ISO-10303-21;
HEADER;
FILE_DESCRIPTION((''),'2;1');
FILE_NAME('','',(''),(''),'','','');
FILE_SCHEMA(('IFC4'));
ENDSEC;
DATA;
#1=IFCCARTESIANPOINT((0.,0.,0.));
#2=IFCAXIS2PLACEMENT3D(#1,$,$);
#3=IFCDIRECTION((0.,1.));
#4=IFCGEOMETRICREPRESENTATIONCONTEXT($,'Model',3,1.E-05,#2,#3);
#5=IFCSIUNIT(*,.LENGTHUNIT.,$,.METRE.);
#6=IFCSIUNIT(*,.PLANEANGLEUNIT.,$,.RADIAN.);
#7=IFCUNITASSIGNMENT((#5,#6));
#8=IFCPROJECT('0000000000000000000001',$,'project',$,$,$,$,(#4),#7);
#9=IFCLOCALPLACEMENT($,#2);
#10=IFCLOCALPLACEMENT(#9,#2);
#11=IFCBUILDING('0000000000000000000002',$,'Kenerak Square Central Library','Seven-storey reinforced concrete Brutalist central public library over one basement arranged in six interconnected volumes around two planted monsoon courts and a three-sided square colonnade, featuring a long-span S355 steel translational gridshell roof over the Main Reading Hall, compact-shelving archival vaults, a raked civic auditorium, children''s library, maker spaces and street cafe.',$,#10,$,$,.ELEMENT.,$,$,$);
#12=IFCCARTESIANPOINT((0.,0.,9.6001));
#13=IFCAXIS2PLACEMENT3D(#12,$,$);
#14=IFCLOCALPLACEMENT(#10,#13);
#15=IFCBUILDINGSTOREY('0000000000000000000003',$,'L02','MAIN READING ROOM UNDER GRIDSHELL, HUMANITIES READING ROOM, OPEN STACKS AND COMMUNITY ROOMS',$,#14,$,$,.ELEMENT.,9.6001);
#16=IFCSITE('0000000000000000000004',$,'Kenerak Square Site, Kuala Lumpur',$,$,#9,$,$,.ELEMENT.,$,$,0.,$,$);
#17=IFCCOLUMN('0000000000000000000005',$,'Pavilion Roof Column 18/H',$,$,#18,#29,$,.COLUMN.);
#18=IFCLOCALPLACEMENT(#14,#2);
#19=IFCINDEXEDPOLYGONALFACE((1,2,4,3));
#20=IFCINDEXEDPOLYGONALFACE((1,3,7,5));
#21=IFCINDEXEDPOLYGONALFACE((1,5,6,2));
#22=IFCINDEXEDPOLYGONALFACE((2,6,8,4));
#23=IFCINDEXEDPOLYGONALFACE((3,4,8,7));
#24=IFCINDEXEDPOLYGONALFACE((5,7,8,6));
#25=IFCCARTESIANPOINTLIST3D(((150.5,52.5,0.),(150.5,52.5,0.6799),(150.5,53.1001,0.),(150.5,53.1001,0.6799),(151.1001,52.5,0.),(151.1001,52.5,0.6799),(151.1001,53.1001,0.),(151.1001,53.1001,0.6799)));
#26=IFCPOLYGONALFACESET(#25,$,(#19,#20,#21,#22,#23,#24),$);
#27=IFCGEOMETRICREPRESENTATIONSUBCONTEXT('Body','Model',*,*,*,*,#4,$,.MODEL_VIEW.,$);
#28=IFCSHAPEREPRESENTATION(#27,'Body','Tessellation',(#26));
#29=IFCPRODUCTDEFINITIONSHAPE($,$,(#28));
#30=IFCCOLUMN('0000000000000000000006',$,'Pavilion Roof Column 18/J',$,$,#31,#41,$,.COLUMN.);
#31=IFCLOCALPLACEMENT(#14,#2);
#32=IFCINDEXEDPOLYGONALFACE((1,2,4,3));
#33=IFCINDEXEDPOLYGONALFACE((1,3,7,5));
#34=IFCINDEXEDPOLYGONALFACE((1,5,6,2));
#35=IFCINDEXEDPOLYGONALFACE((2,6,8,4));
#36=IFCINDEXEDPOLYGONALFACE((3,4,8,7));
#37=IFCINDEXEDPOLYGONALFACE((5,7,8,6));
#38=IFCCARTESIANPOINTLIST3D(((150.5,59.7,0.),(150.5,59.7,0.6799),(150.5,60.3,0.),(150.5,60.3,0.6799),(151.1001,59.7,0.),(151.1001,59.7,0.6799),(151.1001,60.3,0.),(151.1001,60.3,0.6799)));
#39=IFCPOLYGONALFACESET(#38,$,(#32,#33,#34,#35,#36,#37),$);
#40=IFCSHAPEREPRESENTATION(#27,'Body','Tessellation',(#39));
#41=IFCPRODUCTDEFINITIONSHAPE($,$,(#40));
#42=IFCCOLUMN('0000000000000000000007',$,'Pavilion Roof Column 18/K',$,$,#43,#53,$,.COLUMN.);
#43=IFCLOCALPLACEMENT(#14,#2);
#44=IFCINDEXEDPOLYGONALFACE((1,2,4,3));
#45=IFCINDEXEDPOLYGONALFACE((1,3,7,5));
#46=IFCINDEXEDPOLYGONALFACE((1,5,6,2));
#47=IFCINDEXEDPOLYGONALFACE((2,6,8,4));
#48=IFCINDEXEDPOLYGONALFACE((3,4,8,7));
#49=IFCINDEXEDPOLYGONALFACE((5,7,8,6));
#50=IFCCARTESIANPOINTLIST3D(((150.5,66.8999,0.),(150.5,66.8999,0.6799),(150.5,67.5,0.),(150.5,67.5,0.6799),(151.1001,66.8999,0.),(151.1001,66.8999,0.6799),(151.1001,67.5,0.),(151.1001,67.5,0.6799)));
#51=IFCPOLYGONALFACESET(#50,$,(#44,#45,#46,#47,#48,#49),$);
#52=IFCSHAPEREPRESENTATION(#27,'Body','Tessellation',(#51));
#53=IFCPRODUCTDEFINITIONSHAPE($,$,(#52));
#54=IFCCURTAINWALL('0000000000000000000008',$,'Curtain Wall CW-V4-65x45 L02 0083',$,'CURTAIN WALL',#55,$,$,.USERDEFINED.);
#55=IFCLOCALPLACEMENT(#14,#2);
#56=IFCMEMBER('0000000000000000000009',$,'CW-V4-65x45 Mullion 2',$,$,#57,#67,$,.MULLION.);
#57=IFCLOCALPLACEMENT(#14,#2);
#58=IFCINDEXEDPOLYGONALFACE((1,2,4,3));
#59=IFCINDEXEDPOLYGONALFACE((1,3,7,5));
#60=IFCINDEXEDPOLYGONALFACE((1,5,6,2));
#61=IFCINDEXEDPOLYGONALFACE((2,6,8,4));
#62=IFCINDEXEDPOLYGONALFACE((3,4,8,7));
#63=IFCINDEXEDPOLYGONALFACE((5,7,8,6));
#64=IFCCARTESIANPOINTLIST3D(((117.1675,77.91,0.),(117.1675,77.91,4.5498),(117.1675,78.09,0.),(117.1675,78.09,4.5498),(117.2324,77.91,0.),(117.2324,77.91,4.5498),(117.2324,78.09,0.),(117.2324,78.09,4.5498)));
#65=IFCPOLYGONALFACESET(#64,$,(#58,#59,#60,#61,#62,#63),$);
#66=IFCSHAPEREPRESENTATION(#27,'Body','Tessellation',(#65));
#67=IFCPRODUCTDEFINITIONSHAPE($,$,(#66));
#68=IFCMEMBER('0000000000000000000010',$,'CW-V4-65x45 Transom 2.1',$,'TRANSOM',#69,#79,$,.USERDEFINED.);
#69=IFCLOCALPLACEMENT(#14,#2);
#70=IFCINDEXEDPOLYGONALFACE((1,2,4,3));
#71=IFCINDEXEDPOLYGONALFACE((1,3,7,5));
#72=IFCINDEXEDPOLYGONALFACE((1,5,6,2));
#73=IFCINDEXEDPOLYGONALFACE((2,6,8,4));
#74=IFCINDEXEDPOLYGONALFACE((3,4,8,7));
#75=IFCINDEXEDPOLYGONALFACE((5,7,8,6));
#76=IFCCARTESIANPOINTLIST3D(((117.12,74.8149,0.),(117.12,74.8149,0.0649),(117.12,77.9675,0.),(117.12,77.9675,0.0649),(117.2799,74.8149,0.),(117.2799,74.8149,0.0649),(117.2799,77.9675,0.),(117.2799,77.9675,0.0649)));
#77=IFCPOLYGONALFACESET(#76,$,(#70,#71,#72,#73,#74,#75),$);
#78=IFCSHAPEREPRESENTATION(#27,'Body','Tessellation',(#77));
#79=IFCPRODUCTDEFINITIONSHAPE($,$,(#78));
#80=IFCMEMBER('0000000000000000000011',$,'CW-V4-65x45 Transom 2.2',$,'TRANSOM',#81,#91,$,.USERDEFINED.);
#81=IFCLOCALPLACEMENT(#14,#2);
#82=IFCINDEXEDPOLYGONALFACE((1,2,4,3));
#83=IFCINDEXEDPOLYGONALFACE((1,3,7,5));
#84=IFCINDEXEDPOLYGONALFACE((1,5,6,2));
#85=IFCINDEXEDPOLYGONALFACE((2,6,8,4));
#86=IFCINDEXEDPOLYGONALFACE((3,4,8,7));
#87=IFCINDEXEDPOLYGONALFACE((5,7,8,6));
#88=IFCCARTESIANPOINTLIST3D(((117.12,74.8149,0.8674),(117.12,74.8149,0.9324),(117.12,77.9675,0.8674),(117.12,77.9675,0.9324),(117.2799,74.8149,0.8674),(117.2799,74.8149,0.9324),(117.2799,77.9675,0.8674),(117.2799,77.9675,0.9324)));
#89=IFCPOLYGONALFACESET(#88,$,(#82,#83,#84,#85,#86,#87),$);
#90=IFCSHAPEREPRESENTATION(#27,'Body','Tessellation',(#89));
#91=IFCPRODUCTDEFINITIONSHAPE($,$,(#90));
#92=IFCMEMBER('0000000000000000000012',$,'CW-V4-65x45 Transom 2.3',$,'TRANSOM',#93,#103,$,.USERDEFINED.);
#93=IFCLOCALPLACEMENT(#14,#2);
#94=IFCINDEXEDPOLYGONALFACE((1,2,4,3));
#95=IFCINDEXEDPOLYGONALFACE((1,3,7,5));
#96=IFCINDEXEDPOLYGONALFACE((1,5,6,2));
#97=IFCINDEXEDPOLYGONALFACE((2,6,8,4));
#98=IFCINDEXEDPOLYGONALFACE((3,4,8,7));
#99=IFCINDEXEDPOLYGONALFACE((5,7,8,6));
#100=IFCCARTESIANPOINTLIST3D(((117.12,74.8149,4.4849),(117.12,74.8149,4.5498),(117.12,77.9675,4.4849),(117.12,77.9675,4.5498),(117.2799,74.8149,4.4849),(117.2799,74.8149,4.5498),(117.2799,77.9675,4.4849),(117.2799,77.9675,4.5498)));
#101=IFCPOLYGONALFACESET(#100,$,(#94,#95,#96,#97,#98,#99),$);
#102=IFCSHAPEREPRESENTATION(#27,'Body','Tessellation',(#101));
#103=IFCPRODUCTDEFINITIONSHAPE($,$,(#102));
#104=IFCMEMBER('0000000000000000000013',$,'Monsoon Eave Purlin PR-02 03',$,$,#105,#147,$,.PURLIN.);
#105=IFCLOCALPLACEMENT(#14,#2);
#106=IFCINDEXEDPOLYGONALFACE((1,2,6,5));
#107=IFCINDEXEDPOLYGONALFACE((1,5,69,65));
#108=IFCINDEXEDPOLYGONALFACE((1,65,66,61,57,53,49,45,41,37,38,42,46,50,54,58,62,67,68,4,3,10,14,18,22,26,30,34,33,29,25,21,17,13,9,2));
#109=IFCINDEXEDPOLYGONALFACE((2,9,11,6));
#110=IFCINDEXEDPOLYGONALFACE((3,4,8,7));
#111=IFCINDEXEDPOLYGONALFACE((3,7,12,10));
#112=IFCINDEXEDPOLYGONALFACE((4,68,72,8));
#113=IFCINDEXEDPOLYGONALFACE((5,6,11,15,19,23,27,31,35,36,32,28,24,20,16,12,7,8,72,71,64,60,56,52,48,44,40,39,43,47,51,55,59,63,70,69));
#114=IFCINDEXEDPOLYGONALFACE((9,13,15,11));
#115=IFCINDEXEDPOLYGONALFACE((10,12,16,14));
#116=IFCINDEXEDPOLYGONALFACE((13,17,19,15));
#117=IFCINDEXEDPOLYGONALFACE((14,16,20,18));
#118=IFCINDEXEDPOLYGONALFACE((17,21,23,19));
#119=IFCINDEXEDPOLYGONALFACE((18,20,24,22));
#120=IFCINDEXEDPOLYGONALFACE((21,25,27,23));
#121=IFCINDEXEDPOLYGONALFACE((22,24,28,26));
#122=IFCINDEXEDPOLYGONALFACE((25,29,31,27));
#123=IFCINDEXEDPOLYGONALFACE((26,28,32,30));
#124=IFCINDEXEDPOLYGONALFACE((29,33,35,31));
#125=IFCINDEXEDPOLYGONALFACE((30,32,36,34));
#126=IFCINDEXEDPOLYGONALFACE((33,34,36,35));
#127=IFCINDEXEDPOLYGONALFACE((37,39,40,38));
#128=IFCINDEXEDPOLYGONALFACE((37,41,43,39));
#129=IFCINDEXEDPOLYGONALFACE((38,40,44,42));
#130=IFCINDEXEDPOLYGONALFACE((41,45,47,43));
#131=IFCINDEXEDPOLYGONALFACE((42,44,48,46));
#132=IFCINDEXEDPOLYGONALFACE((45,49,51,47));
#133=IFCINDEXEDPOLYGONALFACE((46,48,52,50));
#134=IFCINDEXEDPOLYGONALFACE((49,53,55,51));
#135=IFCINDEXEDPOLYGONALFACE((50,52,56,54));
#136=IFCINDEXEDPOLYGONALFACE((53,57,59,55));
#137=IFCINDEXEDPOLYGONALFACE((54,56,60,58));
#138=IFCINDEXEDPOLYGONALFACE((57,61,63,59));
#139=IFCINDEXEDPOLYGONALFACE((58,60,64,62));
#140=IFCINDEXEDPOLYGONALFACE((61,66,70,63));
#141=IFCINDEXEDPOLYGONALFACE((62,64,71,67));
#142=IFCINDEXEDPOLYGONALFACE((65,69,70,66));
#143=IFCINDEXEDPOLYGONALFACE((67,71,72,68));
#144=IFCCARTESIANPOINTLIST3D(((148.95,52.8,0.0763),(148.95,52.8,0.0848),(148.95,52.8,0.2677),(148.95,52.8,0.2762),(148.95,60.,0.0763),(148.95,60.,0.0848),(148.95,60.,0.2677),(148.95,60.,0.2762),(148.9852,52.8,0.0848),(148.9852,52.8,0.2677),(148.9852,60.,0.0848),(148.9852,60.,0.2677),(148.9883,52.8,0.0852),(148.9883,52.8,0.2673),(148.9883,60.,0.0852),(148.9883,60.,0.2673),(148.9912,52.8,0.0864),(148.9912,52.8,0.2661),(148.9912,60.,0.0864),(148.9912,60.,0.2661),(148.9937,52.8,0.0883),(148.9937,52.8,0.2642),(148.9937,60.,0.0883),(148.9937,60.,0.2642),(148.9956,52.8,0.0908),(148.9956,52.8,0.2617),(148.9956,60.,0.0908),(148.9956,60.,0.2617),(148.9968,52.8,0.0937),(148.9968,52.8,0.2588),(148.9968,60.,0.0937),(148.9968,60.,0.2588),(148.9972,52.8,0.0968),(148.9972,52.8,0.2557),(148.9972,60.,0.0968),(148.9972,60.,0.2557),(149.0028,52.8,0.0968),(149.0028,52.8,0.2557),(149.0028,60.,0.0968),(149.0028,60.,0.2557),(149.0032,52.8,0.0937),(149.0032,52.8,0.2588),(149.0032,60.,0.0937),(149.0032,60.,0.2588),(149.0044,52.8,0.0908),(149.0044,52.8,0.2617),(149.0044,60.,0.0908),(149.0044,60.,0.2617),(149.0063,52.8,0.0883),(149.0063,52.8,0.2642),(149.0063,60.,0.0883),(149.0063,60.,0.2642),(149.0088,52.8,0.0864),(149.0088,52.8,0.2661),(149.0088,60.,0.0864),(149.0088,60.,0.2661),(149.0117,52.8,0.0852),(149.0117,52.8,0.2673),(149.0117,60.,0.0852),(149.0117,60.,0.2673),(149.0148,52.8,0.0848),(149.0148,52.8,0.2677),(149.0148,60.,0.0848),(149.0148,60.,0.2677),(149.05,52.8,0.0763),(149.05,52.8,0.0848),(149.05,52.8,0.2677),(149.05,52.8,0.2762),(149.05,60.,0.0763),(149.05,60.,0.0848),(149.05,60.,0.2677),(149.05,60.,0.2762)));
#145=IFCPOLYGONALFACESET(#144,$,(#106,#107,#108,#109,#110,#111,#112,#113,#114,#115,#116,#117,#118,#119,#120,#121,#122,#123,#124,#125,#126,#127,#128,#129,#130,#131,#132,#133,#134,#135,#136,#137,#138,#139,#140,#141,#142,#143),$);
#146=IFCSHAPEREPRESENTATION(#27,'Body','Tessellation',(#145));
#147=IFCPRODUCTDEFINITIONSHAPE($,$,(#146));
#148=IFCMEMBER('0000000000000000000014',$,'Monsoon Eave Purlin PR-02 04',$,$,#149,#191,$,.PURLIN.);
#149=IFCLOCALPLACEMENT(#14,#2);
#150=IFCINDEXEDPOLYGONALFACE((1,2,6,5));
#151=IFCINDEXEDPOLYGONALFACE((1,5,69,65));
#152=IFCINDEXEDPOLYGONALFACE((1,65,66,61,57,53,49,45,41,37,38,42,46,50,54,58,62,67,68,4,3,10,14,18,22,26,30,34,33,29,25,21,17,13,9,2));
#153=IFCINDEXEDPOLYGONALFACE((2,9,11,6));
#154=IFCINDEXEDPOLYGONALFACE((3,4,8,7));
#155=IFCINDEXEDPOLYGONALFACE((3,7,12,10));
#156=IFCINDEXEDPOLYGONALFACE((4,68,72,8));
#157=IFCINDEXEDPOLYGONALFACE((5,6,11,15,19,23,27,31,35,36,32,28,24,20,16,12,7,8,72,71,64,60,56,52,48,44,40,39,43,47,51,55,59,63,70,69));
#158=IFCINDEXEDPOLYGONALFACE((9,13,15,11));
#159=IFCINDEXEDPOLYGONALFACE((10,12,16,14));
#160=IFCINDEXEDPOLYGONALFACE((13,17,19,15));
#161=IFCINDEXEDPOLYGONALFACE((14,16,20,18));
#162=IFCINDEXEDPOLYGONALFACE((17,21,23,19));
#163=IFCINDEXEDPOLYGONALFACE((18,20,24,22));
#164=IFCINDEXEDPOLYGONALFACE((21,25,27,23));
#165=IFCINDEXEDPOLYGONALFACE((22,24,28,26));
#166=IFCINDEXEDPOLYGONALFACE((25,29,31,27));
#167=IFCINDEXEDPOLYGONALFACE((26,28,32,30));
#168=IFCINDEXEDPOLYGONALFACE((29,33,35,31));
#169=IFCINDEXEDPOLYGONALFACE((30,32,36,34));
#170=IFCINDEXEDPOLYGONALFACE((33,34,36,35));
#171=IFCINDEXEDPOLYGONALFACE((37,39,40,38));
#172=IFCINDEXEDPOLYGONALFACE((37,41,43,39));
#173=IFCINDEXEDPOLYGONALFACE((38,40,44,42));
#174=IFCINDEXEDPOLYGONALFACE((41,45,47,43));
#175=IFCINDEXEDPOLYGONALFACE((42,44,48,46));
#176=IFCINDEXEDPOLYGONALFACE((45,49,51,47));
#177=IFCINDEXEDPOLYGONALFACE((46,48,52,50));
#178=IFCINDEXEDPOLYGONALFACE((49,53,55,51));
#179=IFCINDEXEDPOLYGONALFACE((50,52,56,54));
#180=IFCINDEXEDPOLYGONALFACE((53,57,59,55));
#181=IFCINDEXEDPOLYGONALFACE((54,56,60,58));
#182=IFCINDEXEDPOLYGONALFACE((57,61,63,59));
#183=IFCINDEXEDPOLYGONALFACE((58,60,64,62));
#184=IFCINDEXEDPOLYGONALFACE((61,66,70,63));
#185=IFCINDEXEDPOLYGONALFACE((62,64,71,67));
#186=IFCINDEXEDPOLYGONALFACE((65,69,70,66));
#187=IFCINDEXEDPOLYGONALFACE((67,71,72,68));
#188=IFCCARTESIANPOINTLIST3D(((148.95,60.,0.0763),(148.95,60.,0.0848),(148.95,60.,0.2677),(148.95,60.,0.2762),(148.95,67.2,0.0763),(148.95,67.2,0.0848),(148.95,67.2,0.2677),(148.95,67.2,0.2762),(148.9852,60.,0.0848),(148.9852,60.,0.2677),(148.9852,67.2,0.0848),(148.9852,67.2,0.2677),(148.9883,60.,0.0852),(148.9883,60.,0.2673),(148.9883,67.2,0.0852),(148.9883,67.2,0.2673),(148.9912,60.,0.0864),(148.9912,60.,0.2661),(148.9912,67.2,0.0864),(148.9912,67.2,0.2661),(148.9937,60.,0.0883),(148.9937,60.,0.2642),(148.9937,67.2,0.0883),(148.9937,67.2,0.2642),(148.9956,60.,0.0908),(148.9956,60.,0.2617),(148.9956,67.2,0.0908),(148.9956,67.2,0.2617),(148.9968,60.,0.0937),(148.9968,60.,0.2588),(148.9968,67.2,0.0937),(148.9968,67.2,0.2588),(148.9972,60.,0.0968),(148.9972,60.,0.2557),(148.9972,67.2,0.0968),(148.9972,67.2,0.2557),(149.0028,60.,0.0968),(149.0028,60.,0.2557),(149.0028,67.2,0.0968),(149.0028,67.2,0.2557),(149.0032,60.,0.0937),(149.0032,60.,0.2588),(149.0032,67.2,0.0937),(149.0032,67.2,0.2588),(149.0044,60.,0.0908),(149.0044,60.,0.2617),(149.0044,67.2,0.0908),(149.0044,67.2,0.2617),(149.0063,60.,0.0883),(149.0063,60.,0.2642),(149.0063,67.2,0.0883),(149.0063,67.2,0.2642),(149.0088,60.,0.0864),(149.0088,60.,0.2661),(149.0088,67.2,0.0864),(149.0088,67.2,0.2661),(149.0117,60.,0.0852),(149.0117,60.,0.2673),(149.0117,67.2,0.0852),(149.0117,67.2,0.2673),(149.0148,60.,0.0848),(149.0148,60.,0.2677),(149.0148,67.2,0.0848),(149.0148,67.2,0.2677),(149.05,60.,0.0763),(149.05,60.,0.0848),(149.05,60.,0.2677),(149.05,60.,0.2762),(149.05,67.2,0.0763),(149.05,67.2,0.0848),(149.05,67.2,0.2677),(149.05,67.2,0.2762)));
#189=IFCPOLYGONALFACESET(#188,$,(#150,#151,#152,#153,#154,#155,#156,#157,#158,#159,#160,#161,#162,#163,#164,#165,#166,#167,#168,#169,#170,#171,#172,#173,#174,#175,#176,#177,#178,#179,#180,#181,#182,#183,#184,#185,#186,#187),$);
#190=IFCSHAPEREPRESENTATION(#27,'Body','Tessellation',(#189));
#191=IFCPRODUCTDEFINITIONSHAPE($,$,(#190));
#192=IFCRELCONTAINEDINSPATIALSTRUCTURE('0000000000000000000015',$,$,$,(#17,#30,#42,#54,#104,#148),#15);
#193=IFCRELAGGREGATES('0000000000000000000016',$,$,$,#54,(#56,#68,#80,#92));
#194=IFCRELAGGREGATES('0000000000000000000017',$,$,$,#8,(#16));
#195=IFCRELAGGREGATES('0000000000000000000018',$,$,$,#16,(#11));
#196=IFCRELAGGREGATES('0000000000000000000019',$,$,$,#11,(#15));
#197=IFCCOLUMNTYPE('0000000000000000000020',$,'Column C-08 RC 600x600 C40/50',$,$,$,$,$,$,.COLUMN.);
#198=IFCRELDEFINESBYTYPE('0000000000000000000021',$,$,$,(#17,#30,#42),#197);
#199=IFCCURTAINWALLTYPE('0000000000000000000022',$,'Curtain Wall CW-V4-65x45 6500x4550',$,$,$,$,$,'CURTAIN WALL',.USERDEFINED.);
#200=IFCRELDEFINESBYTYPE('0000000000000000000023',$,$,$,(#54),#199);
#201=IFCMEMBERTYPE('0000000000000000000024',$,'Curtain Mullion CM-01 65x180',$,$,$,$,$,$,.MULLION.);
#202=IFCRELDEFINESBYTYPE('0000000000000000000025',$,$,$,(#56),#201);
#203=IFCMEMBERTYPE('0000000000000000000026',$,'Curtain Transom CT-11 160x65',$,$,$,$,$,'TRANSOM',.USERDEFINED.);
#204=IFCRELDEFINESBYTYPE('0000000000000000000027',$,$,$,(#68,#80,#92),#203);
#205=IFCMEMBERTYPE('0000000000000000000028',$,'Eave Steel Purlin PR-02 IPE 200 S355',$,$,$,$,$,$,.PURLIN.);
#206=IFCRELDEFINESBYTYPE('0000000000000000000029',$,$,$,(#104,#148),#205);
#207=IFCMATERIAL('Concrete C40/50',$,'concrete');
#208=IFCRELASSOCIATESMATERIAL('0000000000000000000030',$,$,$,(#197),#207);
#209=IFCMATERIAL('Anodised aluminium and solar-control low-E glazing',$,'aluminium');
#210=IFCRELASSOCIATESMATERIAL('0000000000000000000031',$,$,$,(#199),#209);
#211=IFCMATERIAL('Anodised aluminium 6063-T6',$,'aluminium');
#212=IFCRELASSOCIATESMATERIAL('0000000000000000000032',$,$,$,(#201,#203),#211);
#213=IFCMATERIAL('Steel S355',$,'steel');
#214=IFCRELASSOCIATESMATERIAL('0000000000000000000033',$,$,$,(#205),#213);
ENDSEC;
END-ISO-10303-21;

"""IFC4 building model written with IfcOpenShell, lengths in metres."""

from ifc_helpers import new_model, si_unit, direction, frame, origin, origin_2d, place, context, subcontext, project, spatial, rectangle, i_section, extrude, material, material_profile, profile_set, type_object, element, aggregate, save


model = new_model("IFC4")

# Units and contexts
model_context = context("Model", 3, precision=1e-05, world=origin(), true_north=direction((0.0, 1.0)))
body_context = subcontext(model_context, "Body", "Model", "MODEL_VIEW")
ifc_project = project(units=[si_unit("LENGTHUNIT", "METRE"), si_unit("PLANEANGLEUNIT", "RADIAN")], contexts=[model_context])

# Site, building, storey
site_placement = place(None, origin())
site = spatial("IfcSite", under=ifc_project, at=site_placement, Name="Kenerak Square Site, Kuala Lumpur", CompositionType="ELEMENT", RefElevation=0.0)
building_placement = place(site_placement, origin())
building = spatial("IfcBuilding", under=site, at=building_placement, Name="Kenerak Square Central Library", Description="Seven-storey reinforced concrete Brutalist central public library over one basement arranged in six interconnected volumes around two planted monsoon courts and a three-sided square colonnade, featuring a long-span S355 steel translational gridshell roof over the Main Reading Hall, compact-shelving archival vaults, a raked civic auditorium, children's library, maker spaces and street cafe.", CompositionType="ELEMENT")
storey_placement = place(building_placement, frame((0.0, 0.0, 9.6001)))
storey = spatial("IfcBuildingStorey", under=building, at=storey_placement, Name="L02", Description="MAIN READING ROOM UNDER GRIDSHELL, HUMANITIES READING ROOM, OPEN STACKS AND COMMUNITY ROOMS", CompositionType="ELEMENT", Elevation=9.6001)

# Columns
ifc_material_1 = material(Name="Concrete C40/50", Category="concrete")
ifc_material_profile_1 = material_profile(ifc_material_1, rectangle(XDim=0.6001, YDim=0.6001, at=origin_2d()), Name="RC 600x600")
ifc_profile_set_1 = profile_set([ifc_material_profile_1], Name="Concrete C40/50")
column_type = type_object("IfcColumnType", Name="Column C-08 RC 600x600 C40/50", PredefinedType="COLUMN", material=ifc_profile_set_1)
for number, where, z_axis, x_axis, name in (
    (1, (150.8, 52.8, 0.0), (0.0, 0.0, 1.0), (1.0, 0.0, 0.0), "Pavilion Roof Column 18/H"),
    (2, (150.8, 60.0, 0.0), (0.0, 0.0, 1.0), (1.0, 0.0, 0.0), "Pavilion Roof Column 18/J"),
    (3, (150.8, 67.2, 0.0), (0.0, 0.0, 1.0), (1.0, 0.0, 0.0), "Pavilion Roof Column 18/K"),
):
    element("IfcColumn", number, at=place(storey_placement, frame(where, z_axis=z_axis, x_axis=x_axis)), inside=storey, type_object=column_type, Name=name, PredefinedType="COLUMN", context=body_context, shape_type="SweptSolid", body=[
        extrude(rectangle(XDim=0.6001, YDim=0.6001, at=origin_2d()), origin(), (0.0, 0.0, 1.0), 0.6799),
    ])

# Curtain wall, members
ifc_material_2 = material(Name="Anodised aluminium and solar-control low-E glazing", Category="aluminium")
curtain_wall_type = type_object("IfcCurtainWallType", Name="Curtain Wall CW-V4-65x45 6500x4550", ElementType="CURTAIN WALL", PredefinedType="USERDEFINED", material=ifc_material_2)
curtain_wall_placement = place(storey_placement, origin())
curtain_wall = element("IfcCurtainWall", 4, at=curtain_wall_placement, inside=storey, type_object=curtain_wall_type, Name="Curtain Wall CW-V4-65x45 L02 0083", ObjectType="CURTAIN WALL", PredefinedType="USERDEFINED")
ifc_material_3 = material(Name="Anodised aluminium 6063-T6", Category="aluminium")
ifc_material_profile_2 = material_profile(ifc_material_3, rectangle(XDim=0.0649, YDim=0.1799, at=origin_2d()), Name="AL MULLION 65x180")
ifc_profile_set_2 = profile_set([ifc_material_profile_2], Name="Anodised aluminium 6063-T6")
member_type_1 = type_object("IfcMemberType", Name="Curtain Mullion CM-01 65x180", PredefinedType="MULLION", material=ifc_profile_set_2)
member_1_placement = place(storey_placement, frame((117.2, 78.0, 0.0), z_axis=(0.0, 0.0, 1.0), x_axis=(1.0, 0.0, 0.0)))
member_1 = element("IfcMember", 5, at=member_1_placement, type_object=member_type_1, Name="CW-V4-65x45 Mullion 2", PredefinedType="MULLION", context=body_context, shape_type="SweptSolid", body=[
    extrude(rectangle(XDim=0.0649, YDim=0.1799, at=origin_2d()), origin(), (0.0, 0.0, 1.0), 4.5498),
])
ifc_material_profile_3 = material_profile(ifc_material_3, rectangle(XDim=0.1599, YDim=0.0649, at=origin_2d()), Name="AL TRANSOM 160x65")
ifc_profile_set_3 = profile_set([ifc_material_profile_3], Name="Anodised aluminium 6063-T6")
member_type_2 = type_object("IfcMemberType", Name="Curtain Transom CT-11 160x65", ElementType="TRANSOM", PredefinedType="USERDEFINED", material=ifc_profile_set_3)
member_2_placement = place(storey_placement, frame((117.2, 77.9675, 0.0325), z_axis=(0.0, -1.0, 0.0), x_axis=(1.0, 0.0, 0.0)))
member_2 = element("IfcMember", 6, at=member_2_placement, type_object=member_type_2, Name="CW-V4-65x45 Transom 2.1", ObjectType="TRANSOM", PredefinedType="USERDEFINED", context=body_context, shape_type="SweptSolid", body=[
    extrude(rectangle(XDim=0.1599, YDim=0.0649, at=origin_2d()), origin(), (0.0, 0.0, 1.0), 3.1526),
])
member_3_placement = place(storey_placement, frame((117.2, 77.9675, 0.8999), z_axis=(0.0, -1.0, 0.0), x_axis=(1.0, 0.0, 0.0)))
member_3 = element("IfcMember", 7, at=member_3_placement, type_object=member_type_2, Name="CW-V4-65x45 Transom 2.2", ObjectType="TRANSOM", PredefinedType="USERDEFINED", context=body_context, shape_type="SweptSolid", body=[
    extrude(rectangle(XDim=0.1599, YDim=0.0649, at=origin_2d()), origin(), (0.0, 0.0, 1.0), 3.1526),
])
member_4_placement = place(storey_placement, frame((117.2, 77.9675, 4.5173), z_axis=(0.0, -1.0, 0.0), x_axis=(1.0, 0.0, 0.0)))
member_4 = element("IfcMember", 8, at=member_4_placement, type_object=member_type_2, Name="CW-V4-65x45 Transom 2.3", ObjectType="TRANSOM", PredefinedType="USERDEFINED", context=body_context, shape_type="SweptSolid", body=[
    extrude(rectangle(XDim=0.1599, YDim=0.0649, at=origin_2d()), origin(), (0.0, 0.0, 1.0), 3.1526),
])

# Members
ifc_material_4 = material(Name="Steel S355", Category="steel")
ifc_material_profile_4 = material_profile(ifc_material_4, i_section(OverallWidth=0.1001, OverallDepth=0.2, WebThickness=0.0056, FlangeThickness=0.0085, FilletRadius=0.012, at=origin_2d()), Name="IPE 200")
ifc_profile_set_4 = profile_set([ifc_material_profile_4], Name="Steel S355")
member_type_3 = type_object("IfcMemberType", Name="Eave Steel Purlin PR-02 IPE 200 S355", PredefinedType="PURLIN", material=ifc_profile_set_4)
for number, where, z_axis, x_axis, name in (
    (9, (149.0, 52.8, 0.1763), (0.0, 1.0, 0.0), (-1.0, 0.0, 0.0), "Monsoon Eave Purlin PR-02 03"),
    (10, (149.0, 60.0, 0.1763), (0.0, 1.0, 0.0), (-1.0, 0.0, 0.0), "Monsoon Eave Purlin PR-02 04"),
):
    element("IfcMember", number, at=place(storey_placement, frame(where, z_axis=z_axis, x_axis=x_axis)), inside=storey, type_object=member_type_3, Name=name, PredefinedType="PURLIN", context=body_context, shape_type="SweptSolid", body=[
        extrude(i_section(OverallWidth=0.1001, OverallDepth=0.2, WebThickness=0.0056, FlangeThickness=0.0085, FilletRadius=0.012, at=origin_2d()), origin(), (0.0, 0.0, 1.0), 7.2),
    ])

aggregate(curtain_wall, [member_1, member_2, member_3, member_4])

save(model, "model.ifc")
